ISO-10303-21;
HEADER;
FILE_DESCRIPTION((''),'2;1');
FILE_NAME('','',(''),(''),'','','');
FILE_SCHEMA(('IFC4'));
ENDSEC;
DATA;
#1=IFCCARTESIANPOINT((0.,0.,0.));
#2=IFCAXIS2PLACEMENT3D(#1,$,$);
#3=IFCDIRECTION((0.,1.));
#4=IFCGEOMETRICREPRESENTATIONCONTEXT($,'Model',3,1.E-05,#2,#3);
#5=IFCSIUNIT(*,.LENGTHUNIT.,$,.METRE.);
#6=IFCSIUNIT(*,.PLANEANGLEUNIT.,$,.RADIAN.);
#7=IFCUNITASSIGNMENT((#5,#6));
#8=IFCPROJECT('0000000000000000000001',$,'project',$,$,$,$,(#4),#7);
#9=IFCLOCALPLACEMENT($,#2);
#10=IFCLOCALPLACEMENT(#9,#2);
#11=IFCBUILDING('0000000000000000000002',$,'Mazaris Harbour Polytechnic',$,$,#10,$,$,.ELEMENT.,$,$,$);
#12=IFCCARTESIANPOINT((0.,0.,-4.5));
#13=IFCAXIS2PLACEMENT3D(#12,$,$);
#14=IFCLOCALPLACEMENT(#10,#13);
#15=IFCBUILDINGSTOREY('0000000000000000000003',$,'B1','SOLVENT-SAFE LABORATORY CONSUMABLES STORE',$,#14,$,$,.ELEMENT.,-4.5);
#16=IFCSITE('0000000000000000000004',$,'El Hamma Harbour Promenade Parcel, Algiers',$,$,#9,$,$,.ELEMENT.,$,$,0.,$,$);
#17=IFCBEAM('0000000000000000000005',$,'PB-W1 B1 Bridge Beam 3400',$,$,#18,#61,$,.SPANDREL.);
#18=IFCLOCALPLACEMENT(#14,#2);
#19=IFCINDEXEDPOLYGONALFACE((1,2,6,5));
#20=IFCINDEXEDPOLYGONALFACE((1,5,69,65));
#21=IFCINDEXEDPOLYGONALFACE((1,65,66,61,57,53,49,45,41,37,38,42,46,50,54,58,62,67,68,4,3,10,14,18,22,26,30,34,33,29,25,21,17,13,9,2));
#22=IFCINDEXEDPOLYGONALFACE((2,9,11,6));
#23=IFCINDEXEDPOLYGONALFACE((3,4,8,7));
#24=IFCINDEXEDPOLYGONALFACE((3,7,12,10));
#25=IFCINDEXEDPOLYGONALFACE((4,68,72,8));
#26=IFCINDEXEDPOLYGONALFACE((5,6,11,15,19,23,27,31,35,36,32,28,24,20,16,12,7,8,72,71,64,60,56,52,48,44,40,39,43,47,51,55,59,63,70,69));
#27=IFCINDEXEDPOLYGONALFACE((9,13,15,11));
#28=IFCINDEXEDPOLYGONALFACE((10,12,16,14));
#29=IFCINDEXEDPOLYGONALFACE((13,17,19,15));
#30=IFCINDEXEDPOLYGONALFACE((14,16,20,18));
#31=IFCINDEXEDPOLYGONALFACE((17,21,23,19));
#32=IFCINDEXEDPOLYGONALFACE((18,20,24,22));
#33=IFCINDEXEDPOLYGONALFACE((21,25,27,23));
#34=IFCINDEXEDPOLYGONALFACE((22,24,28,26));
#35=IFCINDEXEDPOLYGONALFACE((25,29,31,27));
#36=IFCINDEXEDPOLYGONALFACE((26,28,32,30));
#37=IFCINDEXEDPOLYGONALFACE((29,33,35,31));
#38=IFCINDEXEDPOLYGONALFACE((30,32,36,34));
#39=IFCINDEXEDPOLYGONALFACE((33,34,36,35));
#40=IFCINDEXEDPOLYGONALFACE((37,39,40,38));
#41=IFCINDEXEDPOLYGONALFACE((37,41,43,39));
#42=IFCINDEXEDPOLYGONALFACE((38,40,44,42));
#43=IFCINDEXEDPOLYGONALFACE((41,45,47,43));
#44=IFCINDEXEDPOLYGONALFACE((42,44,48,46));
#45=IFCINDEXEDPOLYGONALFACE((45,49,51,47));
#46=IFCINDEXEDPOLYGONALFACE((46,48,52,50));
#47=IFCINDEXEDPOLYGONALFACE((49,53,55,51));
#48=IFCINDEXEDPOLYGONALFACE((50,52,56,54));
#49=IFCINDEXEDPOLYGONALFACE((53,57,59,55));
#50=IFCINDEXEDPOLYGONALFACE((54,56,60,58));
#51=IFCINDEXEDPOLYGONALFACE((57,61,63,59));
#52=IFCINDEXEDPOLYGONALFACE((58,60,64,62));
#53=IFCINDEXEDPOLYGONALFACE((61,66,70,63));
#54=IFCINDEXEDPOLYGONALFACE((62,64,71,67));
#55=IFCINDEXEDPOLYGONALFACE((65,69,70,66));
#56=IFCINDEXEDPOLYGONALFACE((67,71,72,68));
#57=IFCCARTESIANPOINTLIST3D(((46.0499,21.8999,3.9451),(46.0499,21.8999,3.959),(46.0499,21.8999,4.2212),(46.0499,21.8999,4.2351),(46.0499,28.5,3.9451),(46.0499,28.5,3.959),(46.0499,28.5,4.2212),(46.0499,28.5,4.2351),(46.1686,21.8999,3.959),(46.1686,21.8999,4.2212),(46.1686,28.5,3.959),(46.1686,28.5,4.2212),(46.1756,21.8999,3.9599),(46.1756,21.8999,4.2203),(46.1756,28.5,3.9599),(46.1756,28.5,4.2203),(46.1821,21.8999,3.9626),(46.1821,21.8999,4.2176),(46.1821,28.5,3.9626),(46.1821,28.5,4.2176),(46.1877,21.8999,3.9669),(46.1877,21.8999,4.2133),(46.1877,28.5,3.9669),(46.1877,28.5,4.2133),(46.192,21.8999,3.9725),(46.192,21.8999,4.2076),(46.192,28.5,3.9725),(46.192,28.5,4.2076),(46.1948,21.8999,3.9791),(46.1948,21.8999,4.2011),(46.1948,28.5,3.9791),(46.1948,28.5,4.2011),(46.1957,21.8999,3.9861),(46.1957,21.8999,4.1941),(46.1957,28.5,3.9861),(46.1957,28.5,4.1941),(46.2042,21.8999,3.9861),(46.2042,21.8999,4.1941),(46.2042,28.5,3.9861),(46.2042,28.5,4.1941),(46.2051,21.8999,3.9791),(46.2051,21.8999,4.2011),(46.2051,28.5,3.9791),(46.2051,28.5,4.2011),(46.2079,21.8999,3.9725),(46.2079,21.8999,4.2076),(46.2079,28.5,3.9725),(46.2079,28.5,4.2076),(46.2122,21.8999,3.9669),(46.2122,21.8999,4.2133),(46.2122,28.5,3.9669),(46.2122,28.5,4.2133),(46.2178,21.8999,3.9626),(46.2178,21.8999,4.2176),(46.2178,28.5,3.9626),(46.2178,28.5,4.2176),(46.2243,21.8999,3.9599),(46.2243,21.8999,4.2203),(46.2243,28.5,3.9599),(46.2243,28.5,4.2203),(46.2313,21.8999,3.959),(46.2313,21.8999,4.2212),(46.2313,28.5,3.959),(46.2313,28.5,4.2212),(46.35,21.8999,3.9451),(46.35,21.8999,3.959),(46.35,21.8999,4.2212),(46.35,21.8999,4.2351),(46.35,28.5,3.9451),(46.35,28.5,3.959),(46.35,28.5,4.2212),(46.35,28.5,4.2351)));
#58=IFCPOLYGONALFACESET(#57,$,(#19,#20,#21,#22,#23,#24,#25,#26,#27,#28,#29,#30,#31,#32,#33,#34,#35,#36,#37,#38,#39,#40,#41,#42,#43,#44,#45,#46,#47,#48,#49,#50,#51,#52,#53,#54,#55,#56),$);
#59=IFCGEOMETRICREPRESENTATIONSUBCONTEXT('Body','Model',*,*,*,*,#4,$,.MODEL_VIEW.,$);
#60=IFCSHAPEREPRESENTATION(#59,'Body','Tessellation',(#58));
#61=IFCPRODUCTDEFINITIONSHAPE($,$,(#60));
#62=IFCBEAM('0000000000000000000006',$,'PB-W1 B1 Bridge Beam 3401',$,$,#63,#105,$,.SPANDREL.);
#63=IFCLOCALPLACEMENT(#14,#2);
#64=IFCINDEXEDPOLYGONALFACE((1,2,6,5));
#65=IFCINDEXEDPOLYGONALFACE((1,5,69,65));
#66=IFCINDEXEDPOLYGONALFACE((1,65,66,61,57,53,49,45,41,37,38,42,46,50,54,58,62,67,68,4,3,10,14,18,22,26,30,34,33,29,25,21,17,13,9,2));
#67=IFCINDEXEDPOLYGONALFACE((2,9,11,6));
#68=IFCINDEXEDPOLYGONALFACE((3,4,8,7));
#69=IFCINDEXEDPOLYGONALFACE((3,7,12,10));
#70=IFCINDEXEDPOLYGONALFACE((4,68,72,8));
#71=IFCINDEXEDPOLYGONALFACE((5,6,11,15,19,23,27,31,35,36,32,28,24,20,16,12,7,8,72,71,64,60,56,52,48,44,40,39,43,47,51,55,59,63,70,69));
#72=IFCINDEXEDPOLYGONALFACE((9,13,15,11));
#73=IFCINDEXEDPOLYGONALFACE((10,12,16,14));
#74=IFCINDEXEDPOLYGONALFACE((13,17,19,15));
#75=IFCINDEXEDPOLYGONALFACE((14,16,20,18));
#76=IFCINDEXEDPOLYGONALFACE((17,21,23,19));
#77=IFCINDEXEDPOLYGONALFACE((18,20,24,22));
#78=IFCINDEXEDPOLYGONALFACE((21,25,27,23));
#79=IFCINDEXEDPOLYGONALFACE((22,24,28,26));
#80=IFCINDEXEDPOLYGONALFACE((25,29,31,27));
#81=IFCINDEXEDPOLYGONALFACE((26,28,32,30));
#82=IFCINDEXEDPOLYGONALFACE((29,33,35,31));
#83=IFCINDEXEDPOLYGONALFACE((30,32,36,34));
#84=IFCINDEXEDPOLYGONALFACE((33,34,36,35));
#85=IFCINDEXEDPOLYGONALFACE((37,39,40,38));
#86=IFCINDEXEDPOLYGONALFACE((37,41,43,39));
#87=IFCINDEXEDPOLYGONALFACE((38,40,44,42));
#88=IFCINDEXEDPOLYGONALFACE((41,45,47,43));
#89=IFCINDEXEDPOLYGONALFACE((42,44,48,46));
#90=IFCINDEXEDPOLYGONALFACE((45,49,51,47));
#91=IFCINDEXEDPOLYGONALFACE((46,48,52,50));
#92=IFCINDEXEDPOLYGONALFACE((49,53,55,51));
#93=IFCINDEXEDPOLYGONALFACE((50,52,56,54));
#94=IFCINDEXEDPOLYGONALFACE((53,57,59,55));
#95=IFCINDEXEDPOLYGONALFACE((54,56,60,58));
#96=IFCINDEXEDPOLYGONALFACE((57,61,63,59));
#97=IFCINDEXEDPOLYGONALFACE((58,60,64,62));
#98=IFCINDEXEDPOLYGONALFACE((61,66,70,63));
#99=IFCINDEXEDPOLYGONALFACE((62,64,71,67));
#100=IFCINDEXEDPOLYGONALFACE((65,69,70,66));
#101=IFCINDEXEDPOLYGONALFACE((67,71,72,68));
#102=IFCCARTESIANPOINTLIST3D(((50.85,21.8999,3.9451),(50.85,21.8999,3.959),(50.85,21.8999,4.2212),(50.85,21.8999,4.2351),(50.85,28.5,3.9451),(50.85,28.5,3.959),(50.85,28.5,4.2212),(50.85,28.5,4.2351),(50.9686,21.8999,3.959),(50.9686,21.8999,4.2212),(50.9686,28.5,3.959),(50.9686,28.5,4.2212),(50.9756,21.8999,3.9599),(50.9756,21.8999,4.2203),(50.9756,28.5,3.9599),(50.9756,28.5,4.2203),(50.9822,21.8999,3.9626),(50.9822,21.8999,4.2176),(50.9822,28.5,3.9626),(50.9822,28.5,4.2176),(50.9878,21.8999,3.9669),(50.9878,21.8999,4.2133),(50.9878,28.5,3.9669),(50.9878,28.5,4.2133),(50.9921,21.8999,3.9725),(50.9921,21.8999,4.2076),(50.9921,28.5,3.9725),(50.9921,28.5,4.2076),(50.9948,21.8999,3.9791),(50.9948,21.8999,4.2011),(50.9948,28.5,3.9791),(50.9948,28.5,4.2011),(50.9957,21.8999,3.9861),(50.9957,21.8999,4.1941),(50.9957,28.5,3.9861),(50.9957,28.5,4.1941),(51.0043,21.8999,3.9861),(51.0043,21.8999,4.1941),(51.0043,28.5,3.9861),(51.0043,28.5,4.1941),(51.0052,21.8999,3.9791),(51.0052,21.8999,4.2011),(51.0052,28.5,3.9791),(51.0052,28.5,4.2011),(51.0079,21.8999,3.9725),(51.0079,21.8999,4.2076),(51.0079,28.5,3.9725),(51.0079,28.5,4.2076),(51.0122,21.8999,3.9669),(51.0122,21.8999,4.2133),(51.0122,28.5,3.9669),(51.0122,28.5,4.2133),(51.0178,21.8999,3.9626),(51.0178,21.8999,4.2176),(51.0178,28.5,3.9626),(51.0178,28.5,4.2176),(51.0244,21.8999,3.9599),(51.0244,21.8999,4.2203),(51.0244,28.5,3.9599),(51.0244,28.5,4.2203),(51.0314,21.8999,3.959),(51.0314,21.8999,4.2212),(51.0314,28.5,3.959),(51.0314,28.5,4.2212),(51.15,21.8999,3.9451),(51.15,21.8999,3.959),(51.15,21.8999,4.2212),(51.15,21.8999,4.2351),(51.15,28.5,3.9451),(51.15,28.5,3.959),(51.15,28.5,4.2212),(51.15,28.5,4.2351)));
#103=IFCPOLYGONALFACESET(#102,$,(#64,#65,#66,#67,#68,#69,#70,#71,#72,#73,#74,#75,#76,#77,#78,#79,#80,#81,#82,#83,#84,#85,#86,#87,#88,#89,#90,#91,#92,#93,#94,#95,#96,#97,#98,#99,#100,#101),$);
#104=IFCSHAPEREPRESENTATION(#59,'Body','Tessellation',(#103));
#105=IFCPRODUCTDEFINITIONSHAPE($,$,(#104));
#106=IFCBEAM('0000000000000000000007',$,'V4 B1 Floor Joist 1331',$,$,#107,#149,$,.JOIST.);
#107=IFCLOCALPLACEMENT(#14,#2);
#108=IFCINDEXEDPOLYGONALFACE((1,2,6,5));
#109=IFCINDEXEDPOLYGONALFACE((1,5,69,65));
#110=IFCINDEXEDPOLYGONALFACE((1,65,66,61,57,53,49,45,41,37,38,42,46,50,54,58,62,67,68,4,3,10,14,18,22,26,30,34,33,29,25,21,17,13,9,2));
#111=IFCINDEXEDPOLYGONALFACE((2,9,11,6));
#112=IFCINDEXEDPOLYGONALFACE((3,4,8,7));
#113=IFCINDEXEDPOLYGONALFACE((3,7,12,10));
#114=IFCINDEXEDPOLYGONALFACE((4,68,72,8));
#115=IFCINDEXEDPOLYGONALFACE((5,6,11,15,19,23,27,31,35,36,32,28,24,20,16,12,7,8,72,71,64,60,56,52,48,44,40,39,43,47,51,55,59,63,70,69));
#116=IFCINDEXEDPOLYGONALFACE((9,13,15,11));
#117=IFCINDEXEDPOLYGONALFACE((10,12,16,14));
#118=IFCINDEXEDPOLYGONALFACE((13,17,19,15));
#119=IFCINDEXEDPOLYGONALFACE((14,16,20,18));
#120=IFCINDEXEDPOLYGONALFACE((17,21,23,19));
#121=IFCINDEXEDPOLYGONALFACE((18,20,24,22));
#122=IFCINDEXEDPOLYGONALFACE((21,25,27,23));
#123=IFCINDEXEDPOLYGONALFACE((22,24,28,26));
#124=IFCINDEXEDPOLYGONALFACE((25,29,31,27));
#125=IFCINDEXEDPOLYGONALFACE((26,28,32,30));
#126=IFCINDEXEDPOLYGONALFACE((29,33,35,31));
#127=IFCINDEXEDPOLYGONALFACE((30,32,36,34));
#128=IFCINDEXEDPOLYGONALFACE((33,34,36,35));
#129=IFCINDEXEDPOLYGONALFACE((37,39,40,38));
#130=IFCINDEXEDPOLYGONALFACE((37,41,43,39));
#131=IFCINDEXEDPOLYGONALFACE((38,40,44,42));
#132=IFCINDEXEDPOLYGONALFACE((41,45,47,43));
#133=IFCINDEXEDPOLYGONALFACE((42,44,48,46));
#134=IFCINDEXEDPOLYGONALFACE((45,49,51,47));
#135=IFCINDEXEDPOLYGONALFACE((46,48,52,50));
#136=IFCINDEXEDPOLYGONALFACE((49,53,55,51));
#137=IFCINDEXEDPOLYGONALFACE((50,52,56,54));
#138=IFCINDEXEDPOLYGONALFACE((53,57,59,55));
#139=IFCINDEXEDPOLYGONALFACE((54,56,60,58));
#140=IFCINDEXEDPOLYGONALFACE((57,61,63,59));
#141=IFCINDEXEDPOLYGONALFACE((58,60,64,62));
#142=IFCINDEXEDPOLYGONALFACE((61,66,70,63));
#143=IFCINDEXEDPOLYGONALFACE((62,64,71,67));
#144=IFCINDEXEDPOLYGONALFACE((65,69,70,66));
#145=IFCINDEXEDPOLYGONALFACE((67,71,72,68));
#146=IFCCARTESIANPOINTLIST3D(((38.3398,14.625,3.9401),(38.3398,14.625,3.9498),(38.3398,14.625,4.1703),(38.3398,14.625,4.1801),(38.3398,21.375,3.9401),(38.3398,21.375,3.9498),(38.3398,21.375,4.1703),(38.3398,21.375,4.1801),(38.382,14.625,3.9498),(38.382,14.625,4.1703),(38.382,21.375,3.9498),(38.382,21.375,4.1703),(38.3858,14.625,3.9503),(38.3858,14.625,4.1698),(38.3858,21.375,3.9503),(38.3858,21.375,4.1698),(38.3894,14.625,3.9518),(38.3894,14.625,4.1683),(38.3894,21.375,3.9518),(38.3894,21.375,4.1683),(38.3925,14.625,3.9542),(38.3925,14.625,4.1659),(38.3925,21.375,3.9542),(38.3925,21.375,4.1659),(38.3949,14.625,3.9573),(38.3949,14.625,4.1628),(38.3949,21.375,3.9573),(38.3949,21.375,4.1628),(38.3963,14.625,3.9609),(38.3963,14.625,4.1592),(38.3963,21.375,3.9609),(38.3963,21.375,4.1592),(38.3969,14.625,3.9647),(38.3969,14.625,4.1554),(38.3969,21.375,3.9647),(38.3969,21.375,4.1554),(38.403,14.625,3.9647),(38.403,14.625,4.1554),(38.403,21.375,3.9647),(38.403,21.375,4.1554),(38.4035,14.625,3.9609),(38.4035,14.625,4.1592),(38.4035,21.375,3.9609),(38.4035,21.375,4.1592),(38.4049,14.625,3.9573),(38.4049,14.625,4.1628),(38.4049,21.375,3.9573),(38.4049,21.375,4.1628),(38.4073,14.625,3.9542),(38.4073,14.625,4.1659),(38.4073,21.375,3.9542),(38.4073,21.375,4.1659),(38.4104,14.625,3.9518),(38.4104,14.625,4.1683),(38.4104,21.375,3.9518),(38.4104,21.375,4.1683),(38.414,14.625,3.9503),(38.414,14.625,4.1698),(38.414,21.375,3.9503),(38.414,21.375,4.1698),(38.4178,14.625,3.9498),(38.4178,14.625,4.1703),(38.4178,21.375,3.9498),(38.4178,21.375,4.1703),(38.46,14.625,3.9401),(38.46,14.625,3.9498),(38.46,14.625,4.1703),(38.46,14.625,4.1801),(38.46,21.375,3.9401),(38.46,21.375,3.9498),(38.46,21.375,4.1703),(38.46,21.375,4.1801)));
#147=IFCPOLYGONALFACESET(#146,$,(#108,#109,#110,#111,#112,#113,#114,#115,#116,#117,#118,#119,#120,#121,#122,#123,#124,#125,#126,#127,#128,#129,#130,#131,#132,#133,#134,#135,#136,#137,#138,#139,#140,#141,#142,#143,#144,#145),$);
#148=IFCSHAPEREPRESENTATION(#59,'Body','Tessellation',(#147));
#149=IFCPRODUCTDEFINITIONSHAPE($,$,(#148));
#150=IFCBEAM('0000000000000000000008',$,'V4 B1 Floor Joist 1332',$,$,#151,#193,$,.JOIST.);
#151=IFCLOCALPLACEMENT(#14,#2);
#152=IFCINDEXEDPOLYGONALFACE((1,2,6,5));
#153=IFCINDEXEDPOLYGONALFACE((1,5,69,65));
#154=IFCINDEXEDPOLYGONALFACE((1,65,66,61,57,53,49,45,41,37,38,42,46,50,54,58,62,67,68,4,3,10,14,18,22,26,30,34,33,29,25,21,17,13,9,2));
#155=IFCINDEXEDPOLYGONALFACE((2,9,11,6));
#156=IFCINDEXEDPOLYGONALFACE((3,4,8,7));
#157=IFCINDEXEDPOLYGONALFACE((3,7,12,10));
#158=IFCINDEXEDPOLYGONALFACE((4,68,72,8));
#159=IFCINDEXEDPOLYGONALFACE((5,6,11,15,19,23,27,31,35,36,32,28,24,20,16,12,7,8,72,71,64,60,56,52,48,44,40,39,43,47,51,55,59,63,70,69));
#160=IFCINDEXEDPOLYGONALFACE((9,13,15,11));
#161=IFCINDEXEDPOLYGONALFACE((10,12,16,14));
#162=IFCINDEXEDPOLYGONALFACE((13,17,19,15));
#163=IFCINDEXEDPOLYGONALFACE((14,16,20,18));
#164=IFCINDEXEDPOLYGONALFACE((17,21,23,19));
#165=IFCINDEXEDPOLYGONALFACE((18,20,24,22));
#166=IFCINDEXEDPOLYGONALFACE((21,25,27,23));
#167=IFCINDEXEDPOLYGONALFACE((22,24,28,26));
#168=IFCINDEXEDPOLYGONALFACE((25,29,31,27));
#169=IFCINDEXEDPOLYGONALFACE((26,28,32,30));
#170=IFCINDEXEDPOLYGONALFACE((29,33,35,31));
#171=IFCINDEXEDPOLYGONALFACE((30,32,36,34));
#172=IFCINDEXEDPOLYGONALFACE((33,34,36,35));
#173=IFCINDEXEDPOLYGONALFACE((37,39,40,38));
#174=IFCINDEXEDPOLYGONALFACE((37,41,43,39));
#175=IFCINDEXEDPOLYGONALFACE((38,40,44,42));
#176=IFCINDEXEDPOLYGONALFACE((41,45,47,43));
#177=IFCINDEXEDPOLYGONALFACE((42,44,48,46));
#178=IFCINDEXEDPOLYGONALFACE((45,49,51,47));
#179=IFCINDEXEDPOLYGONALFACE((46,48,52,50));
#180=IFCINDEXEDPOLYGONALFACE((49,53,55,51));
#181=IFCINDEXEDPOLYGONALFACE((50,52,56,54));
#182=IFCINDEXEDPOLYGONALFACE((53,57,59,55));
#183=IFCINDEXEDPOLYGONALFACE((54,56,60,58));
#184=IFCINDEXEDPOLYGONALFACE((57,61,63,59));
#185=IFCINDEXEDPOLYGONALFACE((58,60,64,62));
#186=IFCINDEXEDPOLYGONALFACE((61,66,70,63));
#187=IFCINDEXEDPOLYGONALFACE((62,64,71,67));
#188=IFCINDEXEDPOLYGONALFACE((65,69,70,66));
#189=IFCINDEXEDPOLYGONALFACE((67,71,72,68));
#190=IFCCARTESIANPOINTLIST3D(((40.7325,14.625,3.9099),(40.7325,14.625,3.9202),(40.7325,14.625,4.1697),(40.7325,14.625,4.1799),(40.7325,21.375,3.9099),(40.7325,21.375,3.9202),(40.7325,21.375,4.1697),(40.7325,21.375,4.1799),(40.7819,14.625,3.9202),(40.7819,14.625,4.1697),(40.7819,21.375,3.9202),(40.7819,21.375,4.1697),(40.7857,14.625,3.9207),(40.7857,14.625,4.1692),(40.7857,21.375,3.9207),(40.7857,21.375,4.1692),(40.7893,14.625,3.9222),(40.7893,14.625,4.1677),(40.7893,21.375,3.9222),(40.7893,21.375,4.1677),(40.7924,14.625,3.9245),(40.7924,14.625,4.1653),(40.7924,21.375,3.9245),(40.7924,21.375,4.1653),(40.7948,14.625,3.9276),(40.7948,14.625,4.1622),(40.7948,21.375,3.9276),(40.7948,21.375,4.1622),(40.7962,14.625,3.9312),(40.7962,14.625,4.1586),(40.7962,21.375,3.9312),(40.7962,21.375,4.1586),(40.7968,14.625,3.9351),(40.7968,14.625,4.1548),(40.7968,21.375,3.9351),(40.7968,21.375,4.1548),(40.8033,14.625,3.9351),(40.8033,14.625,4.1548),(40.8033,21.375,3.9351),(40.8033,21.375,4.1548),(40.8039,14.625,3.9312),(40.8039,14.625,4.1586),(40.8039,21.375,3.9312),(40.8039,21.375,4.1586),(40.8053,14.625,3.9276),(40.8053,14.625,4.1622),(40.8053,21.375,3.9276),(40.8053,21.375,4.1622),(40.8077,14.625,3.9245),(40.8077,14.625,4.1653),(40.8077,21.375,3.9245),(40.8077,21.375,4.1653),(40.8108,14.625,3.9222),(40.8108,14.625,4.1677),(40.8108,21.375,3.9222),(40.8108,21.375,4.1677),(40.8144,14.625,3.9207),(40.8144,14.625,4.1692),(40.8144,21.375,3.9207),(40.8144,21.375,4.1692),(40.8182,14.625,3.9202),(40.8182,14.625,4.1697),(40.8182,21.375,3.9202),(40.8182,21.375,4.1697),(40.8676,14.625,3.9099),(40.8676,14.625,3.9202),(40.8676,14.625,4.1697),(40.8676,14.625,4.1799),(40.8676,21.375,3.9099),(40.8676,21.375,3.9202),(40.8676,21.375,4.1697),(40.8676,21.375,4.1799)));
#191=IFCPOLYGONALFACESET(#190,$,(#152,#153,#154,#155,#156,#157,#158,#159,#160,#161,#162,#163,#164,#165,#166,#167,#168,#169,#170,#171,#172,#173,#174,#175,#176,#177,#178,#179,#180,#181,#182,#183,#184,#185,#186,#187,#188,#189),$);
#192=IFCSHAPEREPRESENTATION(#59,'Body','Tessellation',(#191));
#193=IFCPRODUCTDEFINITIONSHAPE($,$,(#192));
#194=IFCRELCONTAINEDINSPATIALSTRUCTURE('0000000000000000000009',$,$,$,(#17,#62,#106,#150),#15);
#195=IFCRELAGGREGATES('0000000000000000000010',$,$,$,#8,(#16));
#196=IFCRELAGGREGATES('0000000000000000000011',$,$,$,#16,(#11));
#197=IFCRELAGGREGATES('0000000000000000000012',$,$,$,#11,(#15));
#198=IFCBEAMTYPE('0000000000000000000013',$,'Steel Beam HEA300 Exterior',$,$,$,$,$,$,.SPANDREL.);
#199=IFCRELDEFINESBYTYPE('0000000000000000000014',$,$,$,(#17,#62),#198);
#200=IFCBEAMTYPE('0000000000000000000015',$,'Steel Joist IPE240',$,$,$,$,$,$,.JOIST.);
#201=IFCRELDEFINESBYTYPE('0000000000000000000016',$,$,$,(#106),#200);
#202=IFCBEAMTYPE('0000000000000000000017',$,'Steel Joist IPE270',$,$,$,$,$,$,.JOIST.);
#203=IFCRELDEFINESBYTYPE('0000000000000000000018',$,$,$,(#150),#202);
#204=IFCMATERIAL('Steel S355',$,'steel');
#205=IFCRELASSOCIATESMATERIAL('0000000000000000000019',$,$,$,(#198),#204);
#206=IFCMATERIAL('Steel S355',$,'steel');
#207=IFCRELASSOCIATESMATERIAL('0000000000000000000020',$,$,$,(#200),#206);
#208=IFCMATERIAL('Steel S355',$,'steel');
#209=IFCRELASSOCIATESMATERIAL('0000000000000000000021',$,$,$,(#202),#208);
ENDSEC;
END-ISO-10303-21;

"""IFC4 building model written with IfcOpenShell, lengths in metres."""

from ifc_helpers import new_model, si_unit, direction, frame, origin, origin_2d, place, context, subcontext, project, spatial, i_section, extrude, material, material_profile, profile_set, type_object, element, save


model = new_model("IFC4")

# Units and contexts
model_context = context("Model", 3, precision=1e-05, world=origin(), true_north=direction((0.0, 1.0)))
body_context = subcontext(model_context, "Body", "Model", "MODEL_VIEW")
ifc_project = project(units=[si_unit("LENGTHUNIT", "METRE"), si_unit("PLANEANGLEUNIT", "RADIAN")], contexts=[model_context])

# Site, building, storey
site_placement = place(None, origin())
site = spatial("IfcSite", under=ifc_project, at=site_placement, Name="El Hamma Harbour Promenade Parcel, Algiers", CompositionType="ELEMENT", RefElevation=0.0)
building_placement = place(site_placement, origin())
building = spatial("IfcBuilding", under=site, at=building_placement, Name="Mazaris Harbour Polytechnic", CompositionType="ELEMENT")
storey_placement = place(building_placement, frame((0.0, 0.0, -4.5)))
storey = spatial("IfcBuildingStorey", under=building, at=storey_placement, Name="B1", Description="SOLVENT-SAFE LABORATORY CONSUMABLES STORE", CompositionType="ELEMENT", Elevation=-4.5)

# Beams
ifc_material_1 = material(Name="Steel S355", Category="steel")
ifc_material_profile_1 = material_profile(ifc_material_1, i_section(OverallWidth=0.3, OverallDepth=0.29, WebThickness=0.0085, FlangeThickness=0.0139, FilletRadius=0.0271, at=origin_2d()), Name="HEA 300")
ifc_profile_set_1 = profile_set([ifc_material_profile_1], Name="Steel S355")
beam_type_1 = type_object("IfcBeamType", Name="Steel Beam HEA300 Exterior", PredefinedType="SPANDREL", material=ifc_profile_set_1)
for number, where, z_axis, x_axis, name in (
    (1, (46.2, 21.8999, 4.0901), (0.0, 1.0, 0.0), (-1.0, 0.0, 0.0), "PB-W1 B1 Bridge Beam 3400"),
    (2, (51.0, 21.8999, 4.0901), (0.0, 1.0, 0.0), (-1.0, 0.0, 0.0), "PB-W1 B1 Bridge Beam 3401"),
):
    element("IfcBeam", number, at=place(storey_placement, frame(where, z_axis=z_axis, x_axis=x_axis)), inside=storey, type_object=beam_type_1, Name=name, PredefinedType="SPANDREL", context=body_context, shape_type="SweptSolid", body=[
        extrude(i_section(OverallWidth=0.3, OverallDepth=0.29, WebThickness=0.0085, FlangeThickness=0.0139, FilletRadius=0.0271, at=origin_2d()), origin(), (0.0, 0.0, 1.0), 6.6001),
    ])
ifc_material_2 = material(Name="Steel S355", Category="steel")
ifc_material_profile_2 = material_profile(ifc_material_2, i_section(OverallWidth=0.1201, OverallDepth=0.24, WebThickness=0.0061, FlangeThickness=0.0098, FilletRadius=0.0149, at=origin_2d()), Name="IPE 240")
ifc_profile_set_2 = profile_set([ifc_material_profile_2], Name="Steel S355")
beam_type_2 = type_object("IfcBeamType", Name="Steel Joist IPE240", PredefinedType="JOIST", material=ifc_profile_set_2)
beam_1_placement = place(storey_placement, frame((38.3999, 14.625, 4.0601), z_axis=(0.0, 1.0, 0.0), x_axis=(-1.0, 0.0, 0.0)))
element("IfcBeam", 3, at=beam_1_placement, inside=storey, type_object=beam_type_2, Name="V4 B1 Floor Joist 1331", PredefinedType="JOIST", context=body_context, shape_type="SweptSolid", body=[
    extrude(i_section(OverallWidth=0.1201, OverallDepth=0.24, WebThickness=0.0061, FlangeThickness=0.0098, FilletRadius=0.0149, at=origin_2d()), origin(), (0.0, 0.0, 1.0), 6.75),
])
ifc_material_3 = material(Name="Steel S355", Category="steel")
ifc_material_profile_3 = material_profile(ifc_material_3, i_section(OverallWidth=0.135, OverallDepth=0.27, WebThickness=0.0066, FlangeThickness=0.0103, FilletRadius=0.0149, at=origin_2d()), Name="IPE 270")
ifc_profile_set_3 = profile_set([ifc_material_profile_3], Name="Steel S355")
beam_type_3 = type_object("IfcBeamType", Name="Steel Joist IPE270", PredefinedType="JOIST", material=ifc_profile_set_3)
beam_2_placement = place(storey_placement, frame((40.8, 14.625, 4.0449), z_axis=(0.0, 1.0, 0.0), x_axis=(-1.0, 0.0, 0.0)))
element("IfcBeam", 4, at=beam_2_placement, inside=storey, type_object=beam_type_3, Name="V4 B1 Floor Joist 1332", PredefinedType="JOIST", context=body_context, shape_type="SweptSolid", body=[
    extrude(i_section(OverallWidth=0.135, OverallDepth=0.27, WebThickness=0.0066, FlangeThickness=0.0103, FilletRadius=0.0149, at=origin_2d()), origin(), (0.0, 0.0, 1.0), 6.75),
])

save(model, "model.ifc")
